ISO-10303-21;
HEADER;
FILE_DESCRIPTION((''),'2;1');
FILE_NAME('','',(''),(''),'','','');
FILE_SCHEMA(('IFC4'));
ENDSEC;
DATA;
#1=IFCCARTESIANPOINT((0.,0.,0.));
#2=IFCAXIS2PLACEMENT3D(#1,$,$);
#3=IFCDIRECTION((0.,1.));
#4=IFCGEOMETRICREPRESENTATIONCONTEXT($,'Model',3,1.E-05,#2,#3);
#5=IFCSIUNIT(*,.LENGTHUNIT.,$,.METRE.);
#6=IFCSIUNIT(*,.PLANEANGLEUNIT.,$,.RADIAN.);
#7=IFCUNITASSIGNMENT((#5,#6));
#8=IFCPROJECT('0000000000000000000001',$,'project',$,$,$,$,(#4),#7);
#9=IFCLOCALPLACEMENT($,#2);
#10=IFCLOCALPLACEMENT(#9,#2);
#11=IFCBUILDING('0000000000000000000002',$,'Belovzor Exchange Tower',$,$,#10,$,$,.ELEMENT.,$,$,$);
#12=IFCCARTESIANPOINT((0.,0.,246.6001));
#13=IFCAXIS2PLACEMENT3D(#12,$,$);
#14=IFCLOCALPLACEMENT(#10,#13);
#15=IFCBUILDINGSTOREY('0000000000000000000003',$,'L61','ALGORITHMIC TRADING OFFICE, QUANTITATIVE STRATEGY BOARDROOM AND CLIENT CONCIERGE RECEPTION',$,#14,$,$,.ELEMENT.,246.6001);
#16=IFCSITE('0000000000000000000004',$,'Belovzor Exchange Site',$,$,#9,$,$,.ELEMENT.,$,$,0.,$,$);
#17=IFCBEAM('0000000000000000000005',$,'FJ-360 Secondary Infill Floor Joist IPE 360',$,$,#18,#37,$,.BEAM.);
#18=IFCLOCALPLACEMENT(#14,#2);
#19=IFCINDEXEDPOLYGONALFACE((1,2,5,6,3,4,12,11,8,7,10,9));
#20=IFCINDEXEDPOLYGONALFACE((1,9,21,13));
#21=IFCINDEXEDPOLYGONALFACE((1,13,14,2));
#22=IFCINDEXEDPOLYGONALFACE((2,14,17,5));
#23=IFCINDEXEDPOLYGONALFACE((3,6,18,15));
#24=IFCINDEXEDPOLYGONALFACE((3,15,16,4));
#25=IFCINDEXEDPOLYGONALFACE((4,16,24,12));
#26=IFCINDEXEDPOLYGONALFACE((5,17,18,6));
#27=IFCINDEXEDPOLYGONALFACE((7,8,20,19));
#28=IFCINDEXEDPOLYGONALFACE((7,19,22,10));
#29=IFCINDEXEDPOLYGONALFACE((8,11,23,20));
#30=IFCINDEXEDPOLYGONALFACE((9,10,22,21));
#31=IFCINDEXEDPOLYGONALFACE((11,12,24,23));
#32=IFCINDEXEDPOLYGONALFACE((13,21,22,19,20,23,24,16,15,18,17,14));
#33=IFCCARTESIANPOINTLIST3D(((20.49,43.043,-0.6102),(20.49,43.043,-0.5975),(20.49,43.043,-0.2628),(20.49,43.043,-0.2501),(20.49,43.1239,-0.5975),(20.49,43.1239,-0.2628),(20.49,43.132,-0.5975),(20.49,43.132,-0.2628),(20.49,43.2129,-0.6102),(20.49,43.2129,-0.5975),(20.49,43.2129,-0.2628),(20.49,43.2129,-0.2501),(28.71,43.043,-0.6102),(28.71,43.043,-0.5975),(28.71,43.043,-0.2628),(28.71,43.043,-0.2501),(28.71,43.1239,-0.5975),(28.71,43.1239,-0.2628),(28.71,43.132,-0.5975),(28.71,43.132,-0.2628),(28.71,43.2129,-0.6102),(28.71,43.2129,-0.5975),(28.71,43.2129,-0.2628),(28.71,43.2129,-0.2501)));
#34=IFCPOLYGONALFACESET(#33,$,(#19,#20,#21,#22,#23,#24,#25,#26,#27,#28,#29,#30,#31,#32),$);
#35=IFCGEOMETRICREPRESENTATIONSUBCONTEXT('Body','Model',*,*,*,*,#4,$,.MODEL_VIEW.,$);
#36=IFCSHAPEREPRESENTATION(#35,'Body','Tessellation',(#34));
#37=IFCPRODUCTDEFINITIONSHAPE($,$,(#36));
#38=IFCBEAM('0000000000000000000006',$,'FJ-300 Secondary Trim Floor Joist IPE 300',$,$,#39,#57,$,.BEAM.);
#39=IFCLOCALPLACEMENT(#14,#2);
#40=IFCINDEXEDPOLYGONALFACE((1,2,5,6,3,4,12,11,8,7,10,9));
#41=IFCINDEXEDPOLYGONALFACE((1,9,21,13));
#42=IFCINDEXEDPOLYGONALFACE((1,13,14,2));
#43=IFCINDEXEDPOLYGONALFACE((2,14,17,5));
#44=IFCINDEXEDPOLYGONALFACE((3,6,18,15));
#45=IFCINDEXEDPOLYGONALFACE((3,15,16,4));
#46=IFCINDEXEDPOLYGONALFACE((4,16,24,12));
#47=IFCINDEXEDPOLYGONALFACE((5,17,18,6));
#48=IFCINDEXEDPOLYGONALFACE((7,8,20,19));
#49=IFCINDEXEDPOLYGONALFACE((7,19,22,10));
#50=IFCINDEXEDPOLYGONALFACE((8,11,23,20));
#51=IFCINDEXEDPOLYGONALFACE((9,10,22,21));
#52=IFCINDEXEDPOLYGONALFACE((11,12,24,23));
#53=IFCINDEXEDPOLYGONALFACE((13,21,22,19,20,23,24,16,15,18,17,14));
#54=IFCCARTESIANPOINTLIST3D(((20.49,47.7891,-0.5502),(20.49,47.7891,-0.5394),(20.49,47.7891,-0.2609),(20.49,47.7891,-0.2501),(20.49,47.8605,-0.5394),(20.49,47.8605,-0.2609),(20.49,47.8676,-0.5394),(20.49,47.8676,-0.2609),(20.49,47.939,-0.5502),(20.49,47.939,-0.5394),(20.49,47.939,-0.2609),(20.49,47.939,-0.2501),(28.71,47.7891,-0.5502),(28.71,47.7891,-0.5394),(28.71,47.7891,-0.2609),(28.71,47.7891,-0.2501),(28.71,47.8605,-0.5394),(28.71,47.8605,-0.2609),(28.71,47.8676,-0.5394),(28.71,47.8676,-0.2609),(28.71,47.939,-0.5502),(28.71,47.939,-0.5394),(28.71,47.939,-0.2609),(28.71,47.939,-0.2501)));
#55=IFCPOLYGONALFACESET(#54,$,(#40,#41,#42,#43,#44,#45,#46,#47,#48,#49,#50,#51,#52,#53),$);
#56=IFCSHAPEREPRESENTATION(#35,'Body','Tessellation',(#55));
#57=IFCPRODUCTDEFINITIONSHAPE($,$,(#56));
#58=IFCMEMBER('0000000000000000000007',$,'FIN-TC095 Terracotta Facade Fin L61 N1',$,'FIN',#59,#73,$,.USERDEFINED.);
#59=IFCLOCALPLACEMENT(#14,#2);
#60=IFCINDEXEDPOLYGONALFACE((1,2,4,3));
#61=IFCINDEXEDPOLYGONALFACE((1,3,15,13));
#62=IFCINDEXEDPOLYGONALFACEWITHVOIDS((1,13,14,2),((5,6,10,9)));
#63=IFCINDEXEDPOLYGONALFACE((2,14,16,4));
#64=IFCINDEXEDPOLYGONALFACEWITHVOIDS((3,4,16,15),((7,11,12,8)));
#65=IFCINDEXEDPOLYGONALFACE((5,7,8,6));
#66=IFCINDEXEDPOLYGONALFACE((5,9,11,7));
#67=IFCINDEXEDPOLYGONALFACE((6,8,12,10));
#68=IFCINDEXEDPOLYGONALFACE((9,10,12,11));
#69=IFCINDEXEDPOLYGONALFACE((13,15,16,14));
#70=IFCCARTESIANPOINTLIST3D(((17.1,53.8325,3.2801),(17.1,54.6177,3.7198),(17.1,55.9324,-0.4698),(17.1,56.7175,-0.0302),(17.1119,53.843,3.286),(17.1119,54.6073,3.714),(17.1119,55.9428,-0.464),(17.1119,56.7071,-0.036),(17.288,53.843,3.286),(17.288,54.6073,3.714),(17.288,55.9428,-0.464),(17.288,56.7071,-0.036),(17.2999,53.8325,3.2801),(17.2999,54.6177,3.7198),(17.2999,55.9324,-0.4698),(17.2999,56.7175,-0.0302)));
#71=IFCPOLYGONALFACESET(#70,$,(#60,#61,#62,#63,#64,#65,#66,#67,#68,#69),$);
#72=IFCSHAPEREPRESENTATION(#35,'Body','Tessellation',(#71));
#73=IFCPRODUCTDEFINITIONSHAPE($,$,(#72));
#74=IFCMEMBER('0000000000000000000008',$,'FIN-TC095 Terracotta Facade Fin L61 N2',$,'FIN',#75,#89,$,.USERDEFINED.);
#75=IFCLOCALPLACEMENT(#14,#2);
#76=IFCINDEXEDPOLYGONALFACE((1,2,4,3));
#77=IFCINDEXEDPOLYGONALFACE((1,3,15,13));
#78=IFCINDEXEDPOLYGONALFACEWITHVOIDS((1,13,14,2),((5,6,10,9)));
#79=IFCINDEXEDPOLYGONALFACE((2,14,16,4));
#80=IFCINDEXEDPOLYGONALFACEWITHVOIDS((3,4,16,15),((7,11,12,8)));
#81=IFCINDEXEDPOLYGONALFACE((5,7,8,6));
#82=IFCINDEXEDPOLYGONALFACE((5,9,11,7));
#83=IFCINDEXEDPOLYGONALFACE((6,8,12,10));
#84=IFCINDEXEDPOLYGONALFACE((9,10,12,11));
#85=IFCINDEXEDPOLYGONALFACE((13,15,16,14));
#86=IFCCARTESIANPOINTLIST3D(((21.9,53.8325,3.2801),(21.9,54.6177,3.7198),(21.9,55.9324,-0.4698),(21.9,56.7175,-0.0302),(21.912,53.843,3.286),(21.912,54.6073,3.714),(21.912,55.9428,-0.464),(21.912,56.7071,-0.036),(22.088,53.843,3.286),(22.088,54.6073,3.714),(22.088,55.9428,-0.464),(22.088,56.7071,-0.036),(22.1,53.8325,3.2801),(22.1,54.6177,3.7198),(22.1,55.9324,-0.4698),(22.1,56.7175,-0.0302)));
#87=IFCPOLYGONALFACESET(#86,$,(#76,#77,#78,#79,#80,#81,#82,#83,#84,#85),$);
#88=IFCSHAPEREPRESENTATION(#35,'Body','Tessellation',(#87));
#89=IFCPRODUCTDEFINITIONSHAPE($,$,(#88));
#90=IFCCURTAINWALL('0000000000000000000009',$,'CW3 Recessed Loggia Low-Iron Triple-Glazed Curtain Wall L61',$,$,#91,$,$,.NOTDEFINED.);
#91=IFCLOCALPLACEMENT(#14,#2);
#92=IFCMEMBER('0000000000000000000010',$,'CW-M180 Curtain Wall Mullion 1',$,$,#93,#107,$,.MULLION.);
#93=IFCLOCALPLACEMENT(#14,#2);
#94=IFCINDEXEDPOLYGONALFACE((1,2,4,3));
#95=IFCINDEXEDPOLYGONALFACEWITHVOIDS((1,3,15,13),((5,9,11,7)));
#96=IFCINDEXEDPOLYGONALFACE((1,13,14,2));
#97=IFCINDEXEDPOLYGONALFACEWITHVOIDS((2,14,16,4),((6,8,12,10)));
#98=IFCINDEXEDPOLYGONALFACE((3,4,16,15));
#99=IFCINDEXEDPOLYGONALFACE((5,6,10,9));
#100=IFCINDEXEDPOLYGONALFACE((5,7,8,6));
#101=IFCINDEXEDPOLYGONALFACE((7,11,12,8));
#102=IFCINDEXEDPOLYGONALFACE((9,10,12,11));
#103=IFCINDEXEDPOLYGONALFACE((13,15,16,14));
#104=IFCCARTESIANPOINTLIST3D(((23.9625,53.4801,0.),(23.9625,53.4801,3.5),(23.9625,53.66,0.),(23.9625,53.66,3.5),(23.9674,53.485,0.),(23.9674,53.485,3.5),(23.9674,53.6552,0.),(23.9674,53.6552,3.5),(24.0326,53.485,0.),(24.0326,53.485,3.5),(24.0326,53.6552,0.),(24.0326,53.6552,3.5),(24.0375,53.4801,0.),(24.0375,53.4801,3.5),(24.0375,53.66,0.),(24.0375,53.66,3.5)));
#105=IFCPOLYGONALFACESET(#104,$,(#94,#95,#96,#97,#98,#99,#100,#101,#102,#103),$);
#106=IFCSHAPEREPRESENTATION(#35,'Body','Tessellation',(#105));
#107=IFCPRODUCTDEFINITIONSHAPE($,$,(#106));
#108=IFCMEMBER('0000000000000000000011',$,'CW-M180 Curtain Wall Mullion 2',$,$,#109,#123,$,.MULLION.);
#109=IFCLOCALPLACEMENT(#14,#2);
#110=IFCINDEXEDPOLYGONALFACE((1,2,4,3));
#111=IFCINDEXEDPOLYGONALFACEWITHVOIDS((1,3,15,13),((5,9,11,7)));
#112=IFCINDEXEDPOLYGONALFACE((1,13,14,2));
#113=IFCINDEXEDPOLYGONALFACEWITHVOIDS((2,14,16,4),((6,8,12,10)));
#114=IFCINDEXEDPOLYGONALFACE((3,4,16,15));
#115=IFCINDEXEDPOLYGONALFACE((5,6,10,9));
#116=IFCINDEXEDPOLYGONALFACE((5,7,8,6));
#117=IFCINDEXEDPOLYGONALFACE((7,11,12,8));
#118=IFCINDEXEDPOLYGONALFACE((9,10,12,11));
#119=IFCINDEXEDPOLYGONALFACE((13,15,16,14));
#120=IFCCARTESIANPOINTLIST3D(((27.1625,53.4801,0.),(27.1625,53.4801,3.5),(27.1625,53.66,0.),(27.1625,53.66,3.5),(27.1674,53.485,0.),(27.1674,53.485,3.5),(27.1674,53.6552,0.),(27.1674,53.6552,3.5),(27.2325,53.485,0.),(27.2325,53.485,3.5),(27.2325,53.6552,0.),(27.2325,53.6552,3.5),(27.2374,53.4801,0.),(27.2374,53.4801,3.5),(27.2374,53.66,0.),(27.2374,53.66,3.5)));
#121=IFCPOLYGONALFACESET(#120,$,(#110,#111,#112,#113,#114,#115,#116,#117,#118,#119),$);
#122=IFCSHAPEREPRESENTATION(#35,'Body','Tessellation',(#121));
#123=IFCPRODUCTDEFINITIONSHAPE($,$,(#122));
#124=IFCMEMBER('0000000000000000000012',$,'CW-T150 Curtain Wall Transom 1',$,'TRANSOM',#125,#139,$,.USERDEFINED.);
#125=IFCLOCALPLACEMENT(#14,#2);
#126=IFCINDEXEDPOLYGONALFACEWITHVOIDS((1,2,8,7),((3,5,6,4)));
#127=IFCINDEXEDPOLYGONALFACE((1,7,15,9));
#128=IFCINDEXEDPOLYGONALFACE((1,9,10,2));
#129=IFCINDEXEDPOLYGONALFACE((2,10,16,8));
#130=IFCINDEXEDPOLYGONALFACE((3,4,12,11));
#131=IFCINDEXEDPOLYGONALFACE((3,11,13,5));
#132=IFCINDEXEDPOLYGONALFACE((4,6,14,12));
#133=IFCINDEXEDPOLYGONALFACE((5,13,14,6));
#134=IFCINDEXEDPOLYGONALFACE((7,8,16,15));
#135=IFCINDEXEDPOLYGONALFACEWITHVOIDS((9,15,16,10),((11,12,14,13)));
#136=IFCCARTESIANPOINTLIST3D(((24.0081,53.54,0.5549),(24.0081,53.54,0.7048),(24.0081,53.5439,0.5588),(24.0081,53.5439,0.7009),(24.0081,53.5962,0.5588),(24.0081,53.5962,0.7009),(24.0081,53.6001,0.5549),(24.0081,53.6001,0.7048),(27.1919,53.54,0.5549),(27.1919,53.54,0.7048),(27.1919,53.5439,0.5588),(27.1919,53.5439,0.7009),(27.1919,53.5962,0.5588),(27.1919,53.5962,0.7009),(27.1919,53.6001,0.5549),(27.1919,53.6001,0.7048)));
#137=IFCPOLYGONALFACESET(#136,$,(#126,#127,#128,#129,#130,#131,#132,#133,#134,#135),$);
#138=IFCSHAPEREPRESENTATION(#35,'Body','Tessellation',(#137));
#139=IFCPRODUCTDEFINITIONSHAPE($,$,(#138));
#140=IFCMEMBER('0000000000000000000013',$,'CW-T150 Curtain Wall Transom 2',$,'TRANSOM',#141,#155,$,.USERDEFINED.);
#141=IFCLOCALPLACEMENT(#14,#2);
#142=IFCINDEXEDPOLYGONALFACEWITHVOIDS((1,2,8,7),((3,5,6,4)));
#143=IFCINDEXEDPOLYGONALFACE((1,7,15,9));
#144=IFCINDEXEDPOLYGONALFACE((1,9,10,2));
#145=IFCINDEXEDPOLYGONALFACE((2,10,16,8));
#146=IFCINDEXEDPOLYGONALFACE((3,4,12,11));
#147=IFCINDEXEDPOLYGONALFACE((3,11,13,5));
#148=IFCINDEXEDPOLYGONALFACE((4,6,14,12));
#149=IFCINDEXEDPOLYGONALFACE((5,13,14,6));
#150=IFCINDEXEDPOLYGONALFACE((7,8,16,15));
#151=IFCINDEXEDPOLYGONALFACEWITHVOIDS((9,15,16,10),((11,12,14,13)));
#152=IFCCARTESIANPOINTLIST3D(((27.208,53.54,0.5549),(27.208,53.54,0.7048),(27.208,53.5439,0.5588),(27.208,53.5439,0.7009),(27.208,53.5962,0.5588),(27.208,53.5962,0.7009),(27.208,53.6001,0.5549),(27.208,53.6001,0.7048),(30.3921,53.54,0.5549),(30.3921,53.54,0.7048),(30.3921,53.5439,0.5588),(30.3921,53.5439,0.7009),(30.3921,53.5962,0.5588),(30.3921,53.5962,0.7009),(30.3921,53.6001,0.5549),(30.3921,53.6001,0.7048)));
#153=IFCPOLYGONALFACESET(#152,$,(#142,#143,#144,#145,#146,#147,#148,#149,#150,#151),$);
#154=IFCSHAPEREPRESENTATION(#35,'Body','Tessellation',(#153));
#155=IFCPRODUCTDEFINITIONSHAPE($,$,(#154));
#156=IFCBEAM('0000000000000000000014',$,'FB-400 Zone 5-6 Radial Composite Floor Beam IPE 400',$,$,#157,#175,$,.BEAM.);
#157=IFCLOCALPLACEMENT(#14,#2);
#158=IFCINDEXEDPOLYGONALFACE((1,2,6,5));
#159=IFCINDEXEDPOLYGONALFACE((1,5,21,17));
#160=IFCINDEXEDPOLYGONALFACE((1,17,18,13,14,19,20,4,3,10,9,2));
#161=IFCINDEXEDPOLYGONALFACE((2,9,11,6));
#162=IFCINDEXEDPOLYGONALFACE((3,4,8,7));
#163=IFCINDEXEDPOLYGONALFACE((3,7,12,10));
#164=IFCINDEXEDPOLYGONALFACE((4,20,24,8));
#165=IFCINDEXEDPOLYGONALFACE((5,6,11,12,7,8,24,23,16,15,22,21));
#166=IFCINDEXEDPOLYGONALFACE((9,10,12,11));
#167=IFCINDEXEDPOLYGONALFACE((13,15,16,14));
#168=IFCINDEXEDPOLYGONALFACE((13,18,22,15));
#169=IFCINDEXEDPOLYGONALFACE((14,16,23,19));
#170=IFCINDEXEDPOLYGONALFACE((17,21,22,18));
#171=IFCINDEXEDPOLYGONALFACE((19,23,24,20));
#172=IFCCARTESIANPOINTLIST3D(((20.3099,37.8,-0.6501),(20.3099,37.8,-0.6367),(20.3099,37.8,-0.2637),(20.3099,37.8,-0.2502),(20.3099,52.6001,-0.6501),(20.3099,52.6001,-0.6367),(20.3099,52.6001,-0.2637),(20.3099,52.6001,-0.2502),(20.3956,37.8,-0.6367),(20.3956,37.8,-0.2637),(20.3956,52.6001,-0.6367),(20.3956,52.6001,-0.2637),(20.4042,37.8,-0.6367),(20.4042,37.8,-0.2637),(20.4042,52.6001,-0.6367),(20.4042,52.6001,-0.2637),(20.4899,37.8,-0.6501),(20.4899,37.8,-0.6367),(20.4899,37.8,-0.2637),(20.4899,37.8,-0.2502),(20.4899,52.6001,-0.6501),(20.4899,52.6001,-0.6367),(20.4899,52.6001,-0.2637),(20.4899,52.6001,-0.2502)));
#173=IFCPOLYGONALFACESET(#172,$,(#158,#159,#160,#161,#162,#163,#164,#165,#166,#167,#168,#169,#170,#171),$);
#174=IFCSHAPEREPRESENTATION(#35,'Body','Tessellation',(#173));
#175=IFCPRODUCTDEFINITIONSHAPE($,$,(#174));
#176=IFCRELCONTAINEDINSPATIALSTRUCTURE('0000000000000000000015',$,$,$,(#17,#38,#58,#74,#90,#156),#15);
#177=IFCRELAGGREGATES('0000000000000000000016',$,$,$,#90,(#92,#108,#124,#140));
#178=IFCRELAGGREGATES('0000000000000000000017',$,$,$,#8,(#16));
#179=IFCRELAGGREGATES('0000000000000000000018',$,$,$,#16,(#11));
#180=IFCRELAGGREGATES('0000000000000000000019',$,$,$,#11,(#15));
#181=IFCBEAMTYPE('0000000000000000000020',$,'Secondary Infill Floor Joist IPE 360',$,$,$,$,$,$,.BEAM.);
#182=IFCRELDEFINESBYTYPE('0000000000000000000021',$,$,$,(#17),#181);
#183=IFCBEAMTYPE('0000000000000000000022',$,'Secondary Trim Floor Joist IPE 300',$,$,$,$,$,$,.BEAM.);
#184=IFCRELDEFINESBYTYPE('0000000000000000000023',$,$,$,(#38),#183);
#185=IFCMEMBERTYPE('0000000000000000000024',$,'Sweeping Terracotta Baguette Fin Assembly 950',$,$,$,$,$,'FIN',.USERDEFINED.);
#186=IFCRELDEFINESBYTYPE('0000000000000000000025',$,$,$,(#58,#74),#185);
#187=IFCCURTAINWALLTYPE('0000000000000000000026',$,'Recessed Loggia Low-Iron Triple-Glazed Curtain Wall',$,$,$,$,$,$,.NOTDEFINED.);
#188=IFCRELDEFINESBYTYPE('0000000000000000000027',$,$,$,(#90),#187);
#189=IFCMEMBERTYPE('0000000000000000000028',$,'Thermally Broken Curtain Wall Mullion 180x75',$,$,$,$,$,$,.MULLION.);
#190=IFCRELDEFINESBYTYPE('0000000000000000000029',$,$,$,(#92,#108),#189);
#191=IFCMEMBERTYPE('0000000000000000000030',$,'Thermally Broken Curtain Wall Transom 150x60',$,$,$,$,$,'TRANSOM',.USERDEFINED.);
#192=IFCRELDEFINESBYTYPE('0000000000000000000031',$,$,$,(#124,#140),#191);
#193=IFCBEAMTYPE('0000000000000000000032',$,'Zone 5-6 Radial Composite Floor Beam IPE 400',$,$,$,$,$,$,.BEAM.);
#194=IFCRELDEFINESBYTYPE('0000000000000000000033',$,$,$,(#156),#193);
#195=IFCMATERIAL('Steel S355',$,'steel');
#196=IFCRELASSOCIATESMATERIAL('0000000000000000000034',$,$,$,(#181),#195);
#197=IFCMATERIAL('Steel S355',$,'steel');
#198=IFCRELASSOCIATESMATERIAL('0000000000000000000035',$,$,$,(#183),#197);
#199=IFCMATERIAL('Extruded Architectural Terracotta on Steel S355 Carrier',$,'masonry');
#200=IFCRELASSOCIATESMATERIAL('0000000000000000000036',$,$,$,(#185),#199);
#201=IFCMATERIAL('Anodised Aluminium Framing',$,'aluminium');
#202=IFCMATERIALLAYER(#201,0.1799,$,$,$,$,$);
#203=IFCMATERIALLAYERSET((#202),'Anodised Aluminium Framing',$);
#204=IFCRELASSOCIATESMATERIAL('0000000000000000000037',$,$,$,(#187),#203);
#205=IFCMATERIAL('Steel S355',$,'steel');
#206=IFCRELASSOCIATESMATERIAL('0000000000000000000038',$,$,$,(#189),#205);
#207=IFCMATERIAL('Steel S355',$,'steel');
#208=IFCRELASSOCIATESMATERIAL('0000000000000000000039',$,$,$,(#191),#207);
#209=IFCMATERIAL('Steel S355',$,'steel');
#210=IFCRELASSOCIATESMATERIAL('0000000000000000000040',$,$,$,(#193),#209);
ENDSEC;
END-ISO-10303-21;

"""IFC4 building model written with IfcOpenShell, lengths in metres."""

from ifc_helpers import new_model, si_unit, direction, frame, origin, origin_2d, place, context, subcontext, project, spatial, hollow_rectangle, i_section, extrude, material, layer, layer_set, material_profile, profile_set, type_object, element, aggregate, save


model = new_model("IFC4")

# Units and contexts
model_context = context("Model", 3, precision=1e-05, world=origin(), true_north=direction((0.0, 1.0)))
body_context = subcontext(model_context, "Body", "Model", "MODEL_VIEW")
ifc_project = project(units=[si_unit("LENGTHUNIT", "METRE"), si_unit("PLANEANGLEUNIT", "RADIAN")], contexts=[model_context])

# Site, building, storey
site_placement = place(None, origin())
site = spatial("IfcSite", under=ifc_project, at=site_placement, Name="Belovzor Exchange Site", CompositionType="ELEMENT", RefElevation=0.0)
building_placement = place(site_placement, origin())
building = spatial("IfcBuilding", under=site, at=building_placement, Name="Belovzor Exchange Tower", CompositionType="ELEMENT")
storey_placement = place(building_placement, frame((0.0, 0.0, 246.6001)))
storey = spatial("IfcBuildingStorey", under=building, at=storey_placement, Name="L61", Description="ALGORITHMIC TRADING OFFICE, QUANTITATIVE STRATEGY BOARDROOM AND CLIENT CONCIERGE RECEPTION", CompositionType="ELEMENT", Elevation=246.6001)

# Beams
ifc_material_1 = material(Name="Steel S355", Category="steel")
ifc_material_profile_1 = material_profile(ifc_material_1, i_section(OverallWidth=0.1699, OverallDepth=0.3601, WebThickness=0.0081, FlangeThickness=0.0127, at=origin_2d()))
ifc_profile_set_1 = profile_set([ifc_material_profile_1], Name="Steel S355")
beam_type_1 = type_object("IfcBeamType", Name="Secondary Infill Floor Joist IPE 360", PredefinedType="BEAM", material=ifc_profile_set_1)
beam_1_placement = place(storey_placement, frame((20.49, 43.1279, -0.4302), z_axis=(1.0, 0.0, 0.0), x_axis=(0.0, 1.0, 0.0)))
element("IfcBeam", 1, at=beam_1_placement, inside=storey, type_object=beam_type_1, Name="FJ-360 Secondary Infill Floor Joist IPE 360", PredefinedType="BEAM", context=body_context, shape_type="SweptSolid", body=[
    extrude(i_section(OverallWidth=0.1699, OverallDepth=0.3601, WebThickness=0.0081, FlangeThickness=0.0127, at=origin_2d()), origin(), (0.0, 0.0, 1.0), 8.22),
])
ifc_material_2 = material(Name="Steel S355", Category="steel")
ifc_material_profile_2 = material_profile(ifc_material_2, i_section(OverallWidth=0.1499, OverallDepth=0.3, WebThickness=0.0071, FlangeThickness=0.0107, at=origin_2d()))
ifc_profile_set_2 = profile_set([ifc_material_profile_2], Name="Steel S355")
beam_type_2 = type_object("IfcBeamType", Name="Secondary Trim Floor Joist IPE 300", PredefinedType="BEAM", material=ifc_profile_set_2)
beam_2_placement = place(storey_placement, frame((20.49, 47.864, -0.4001), z_axis=(1.0, 0.0, 0.0), x_axis=(0.0, 1.0, 0.0)))
element("IfcBeam", 2, at=beam_2_placement, inside=storey, type_object=beam_type_2, Name="FJ-300 Secondary Trim Floor Joist IPE 300", PredefinedType="BEAM", context=body_context, shape_type="SweptSolid", body=[
    extrude(i_section(OverallWidth=0.1499, OverallDepth=0.3, WebThickness=0.0071, FlangeThickness=0.0107, at=origin_2d()), origin(), (0.0, 0.0, 1.0), 8.22),
])

# Members
ifc_material_3 = material(Name="Extruded Architectural Terracotta on Steel S355 Carrier", Category="masonry")
ifc_material_profile_3 = material_profile(ifc_material_3, hollow_rectangle(XDim=0.2, YDim=0.8999, WallThickness=0.012, at=origin_2d()))
ifc_profile_set_3 = profile_set([ifc_material_profile_3], Name="Extruded Architectural Terracotta on Steel S355 Carrier")
member_type_1 = type_object("IfcMemberType", Name="Sweeping Terracotta Baguette Fin Assembly 950", ElementType="FIN", PredefinedType="USERDEFINED", material=ifc_profile_set_3)
for number, where, z_axis, x_axis, name in (
    (3, (17.2, 56.325, -0.25), (0.0, -0.488577, 0.872521), (1.0, 0.0, 0.0), "FIN-TC095 Terracotta Facade Fin L61 N1"),
    (4, (22.0, 56.325, -0.25), (0.0, -0.488577, 0.872521), (1.0, 0.0, 0.0), "FIN-TC095 Terracotta Facade Fin L61 N2"),
):
    element("IfcMember", number, at=place(storey_placement, frame(where, z_axis=z_axis, x_axis=x_axis)), inside=storey, type_object=member_type_1, Name=name, ObjectType="FIN", PredefinedType="USERDEFINED", context=body_context, shape_type="SweptSolid", body=[
        extrude(hollow_rectangle(XDim=0.2, YDim=0.8999, WallThickness=0.012, at=origin_2d()), origin(), (0.0, 0.0, 1.0), 4.2979),
    ])

# Curtain wall, members
ifc_material_4 = material(Name="Anodised Aluminium Framing", Category="aluminium")
ifc_layer_1 = layer(ifc_material_4, 0.1799)
ifc_layer_set_1 = layer_set([ifc_layer_1], Name="Anodised Aluminium Framing")
curtain_wall_type = type_object("IfcCurtainWallType", Name="Recessed Loggia Low-Iron Triple-Glazed Curtain Wall", PredefinedType="NOTDEFINED", material=ifc_layer_set_1)
curtain_wall_placement = place(storey_placement, origin())
curtain_wall = element("IfcCurtainWall", 5, at=curtain_wall_placement, inside=storey, type_object=curtain_wall_type, Name="CW3 Recessed Loggia Low-Iron Triple-Glazed Curtain Wall L61", PredefinedType="NOTDEFINED")
ifc_material_5 = material(Name="Steel S355", Category="steel")
ifc_material_profile_4 = material_profile(ifc_material_5, hollow_rectangle(XDim=0.075, YDim=0.1799, WallThickness=0.0049, at=origin_2d()))
ifc_profile_set_4 = profile_set([ifc_material_profile_4], Name="Steel S355")
member_type_2 = type_object("IfcMemberType", Name="Thermally Broken Curtain Wall Mullion 180x75", PredefinedType="MULLION", material=ifc_profile_set_4)
member_1_placement = place(storey_placement, frame((24.0, 53.5701, 0.0), z_axis=(0.0, 0.0, 1.0), x_axis=(1.0, 0.0, 0.0)))
member_1 = element("IfcMember", 6, at=member_1_placement, type_object=member_type_2, Name="CW-M180 Curtain Wall Mullion 1", PredefinedType="MULLION", context=body_context, shape_type="SweptSolid", body=[
    extrude(hollow_rectangle(XDim=0.075, YDim=0.1799, WallThickness=0.0049, at=origin_2d()), origin(), (0.0, 0.0, 1.0), 3.5),
])
member_2_placement = place(storey_placement, frame((27.2, 53.5701, 0.0), z_axis=(0.0, 0.0, 1.0), x_axis=(1.0, 0.0, 0.0)))
member_2 = element("IfcMember", 7, at=member_2_placement, type_object=member_type_2, Name="CW-M180 Curtain Wall Mullion 2", PredefinedType="MULLION", context=body_context, shape_type="SweptSolid", body=[
    extrude(hollow_rectangle(XDim=0.075, YDim=0.1799, WallThickness=0.0049, at=origin_2d()), origin(), (0.0, 0.0, 1.0), 3.5),
])
ifc_material_6 = material(Name="Steel S355", Category="steel")
ifc_material_profile_5 = material_profile(ifc_material_6, hollow_rectangle(XDim=0.0601, YDim=0.1499, WallThickness=0.0039, at=origin_2d()))
ifc_profile_set_5 = profile_set([ifc_material_profile_5], Name="Steel S355")
member_type_3 = type_object("IfcMemberType", Name="Thermally Broken Curtain Wall Transom 150x60", ElementType="TRANSOM", PredefinedType="USERDEFINED", material=ifc_profile_set_5)
member_3_placement = place(storey_placement, frame((24.0081, 53.5701, 0.6299), z_axis=(1.0, 0.0, 0.0), x_axis=(0.0, 1.0, 0.0)))
member_3 = element("IfcMember", 8, at=member_3_placement, type_object=member_type_3, Name="CW-T150 Curtain Wall Transom 1", ObjectType="TRANSOM", PredefinedType="USERDEFINED", context=body_context, shape_type="SweptSolid", body=[
    extrude(hollow_rectangle(XDim=0.0601, YDim=0.1499, WallThickness=0.0039, at=origin_2d()), origin(), (0.0, 0.0, 1.0), 3.1838),
])
member_4_placement = place(storey_placement, frame((27.208, 53.5701, 0.6299), z_axis=(1.0, 0.0, 0.0), x_axis=(0.0, 1.0, 0.0)))
member_4 = element("IfcMember", 9, at=member_4_placement, type_object=member_type_3, Name="CW-T150 Curtain Wall Transom 2", ObjectType="TRANSOM", PredefinedType="USERDEFINED", context=body_context, shape_type="SweptSolid", body=[
    extrude(hollow_rectangle(XDim=0.0601, YDim=0.1499, WallThickness=0.0039, at=origin_2d()), origin(), (0.0, 0.0, 1.0), 3.1841),
])

# Beam
ifc_material_7 = material(Name="Steel S355", Category="steel")
ifc_material_profile_6 = material_profile(ifc_material_7, i_section(OverallWidth=0.1799, OverallDepth=0.3999, WebThickness=0.0085, FlangeThickness=0.0134, at=origin_2d()))
ifc_profile_set_6 = profile_set([ifc_material_profile_6], Name="Steel S355")
beam_type_3 = type_object("IfcBeamType", Name="Zone 5-6 Radial Composite Floor Beam IPE 400", PredefinedType="BEAM", material=ifc_profile_set_6)
for number, where, z_axis, x_axis, name in (
    (10, (20.3999, 37.8, -0.4502), (0.0, 1.0, 0.0), (-1.0, 0.0, 0.0), "FB-400 Zone 5-6 Radial Composite Floor Beam IPE 400"),
):
    element("IfcBeam", number, at=place(storey_placement, frame(where, z_axis=z_axis, x_axis=x_axis)), inside=storey, type_object=beam_type_3, Name=name, PredefinedType="BEAM", context=body_context, shape_type="SweptSolid", body=[
        extrude(i_section(OverallWidth=0.1799, OverallDepth=0.3999, WebThickness=0.0085, FlangeThickness=0.0134, at=origin_2d()), origin(), (0.0, 0.0, 1.0), 14.8),
    ])

aggregate(curtain_wall, [member_1, member_2, member_3, member_4])

save(model, "model.ifc")
